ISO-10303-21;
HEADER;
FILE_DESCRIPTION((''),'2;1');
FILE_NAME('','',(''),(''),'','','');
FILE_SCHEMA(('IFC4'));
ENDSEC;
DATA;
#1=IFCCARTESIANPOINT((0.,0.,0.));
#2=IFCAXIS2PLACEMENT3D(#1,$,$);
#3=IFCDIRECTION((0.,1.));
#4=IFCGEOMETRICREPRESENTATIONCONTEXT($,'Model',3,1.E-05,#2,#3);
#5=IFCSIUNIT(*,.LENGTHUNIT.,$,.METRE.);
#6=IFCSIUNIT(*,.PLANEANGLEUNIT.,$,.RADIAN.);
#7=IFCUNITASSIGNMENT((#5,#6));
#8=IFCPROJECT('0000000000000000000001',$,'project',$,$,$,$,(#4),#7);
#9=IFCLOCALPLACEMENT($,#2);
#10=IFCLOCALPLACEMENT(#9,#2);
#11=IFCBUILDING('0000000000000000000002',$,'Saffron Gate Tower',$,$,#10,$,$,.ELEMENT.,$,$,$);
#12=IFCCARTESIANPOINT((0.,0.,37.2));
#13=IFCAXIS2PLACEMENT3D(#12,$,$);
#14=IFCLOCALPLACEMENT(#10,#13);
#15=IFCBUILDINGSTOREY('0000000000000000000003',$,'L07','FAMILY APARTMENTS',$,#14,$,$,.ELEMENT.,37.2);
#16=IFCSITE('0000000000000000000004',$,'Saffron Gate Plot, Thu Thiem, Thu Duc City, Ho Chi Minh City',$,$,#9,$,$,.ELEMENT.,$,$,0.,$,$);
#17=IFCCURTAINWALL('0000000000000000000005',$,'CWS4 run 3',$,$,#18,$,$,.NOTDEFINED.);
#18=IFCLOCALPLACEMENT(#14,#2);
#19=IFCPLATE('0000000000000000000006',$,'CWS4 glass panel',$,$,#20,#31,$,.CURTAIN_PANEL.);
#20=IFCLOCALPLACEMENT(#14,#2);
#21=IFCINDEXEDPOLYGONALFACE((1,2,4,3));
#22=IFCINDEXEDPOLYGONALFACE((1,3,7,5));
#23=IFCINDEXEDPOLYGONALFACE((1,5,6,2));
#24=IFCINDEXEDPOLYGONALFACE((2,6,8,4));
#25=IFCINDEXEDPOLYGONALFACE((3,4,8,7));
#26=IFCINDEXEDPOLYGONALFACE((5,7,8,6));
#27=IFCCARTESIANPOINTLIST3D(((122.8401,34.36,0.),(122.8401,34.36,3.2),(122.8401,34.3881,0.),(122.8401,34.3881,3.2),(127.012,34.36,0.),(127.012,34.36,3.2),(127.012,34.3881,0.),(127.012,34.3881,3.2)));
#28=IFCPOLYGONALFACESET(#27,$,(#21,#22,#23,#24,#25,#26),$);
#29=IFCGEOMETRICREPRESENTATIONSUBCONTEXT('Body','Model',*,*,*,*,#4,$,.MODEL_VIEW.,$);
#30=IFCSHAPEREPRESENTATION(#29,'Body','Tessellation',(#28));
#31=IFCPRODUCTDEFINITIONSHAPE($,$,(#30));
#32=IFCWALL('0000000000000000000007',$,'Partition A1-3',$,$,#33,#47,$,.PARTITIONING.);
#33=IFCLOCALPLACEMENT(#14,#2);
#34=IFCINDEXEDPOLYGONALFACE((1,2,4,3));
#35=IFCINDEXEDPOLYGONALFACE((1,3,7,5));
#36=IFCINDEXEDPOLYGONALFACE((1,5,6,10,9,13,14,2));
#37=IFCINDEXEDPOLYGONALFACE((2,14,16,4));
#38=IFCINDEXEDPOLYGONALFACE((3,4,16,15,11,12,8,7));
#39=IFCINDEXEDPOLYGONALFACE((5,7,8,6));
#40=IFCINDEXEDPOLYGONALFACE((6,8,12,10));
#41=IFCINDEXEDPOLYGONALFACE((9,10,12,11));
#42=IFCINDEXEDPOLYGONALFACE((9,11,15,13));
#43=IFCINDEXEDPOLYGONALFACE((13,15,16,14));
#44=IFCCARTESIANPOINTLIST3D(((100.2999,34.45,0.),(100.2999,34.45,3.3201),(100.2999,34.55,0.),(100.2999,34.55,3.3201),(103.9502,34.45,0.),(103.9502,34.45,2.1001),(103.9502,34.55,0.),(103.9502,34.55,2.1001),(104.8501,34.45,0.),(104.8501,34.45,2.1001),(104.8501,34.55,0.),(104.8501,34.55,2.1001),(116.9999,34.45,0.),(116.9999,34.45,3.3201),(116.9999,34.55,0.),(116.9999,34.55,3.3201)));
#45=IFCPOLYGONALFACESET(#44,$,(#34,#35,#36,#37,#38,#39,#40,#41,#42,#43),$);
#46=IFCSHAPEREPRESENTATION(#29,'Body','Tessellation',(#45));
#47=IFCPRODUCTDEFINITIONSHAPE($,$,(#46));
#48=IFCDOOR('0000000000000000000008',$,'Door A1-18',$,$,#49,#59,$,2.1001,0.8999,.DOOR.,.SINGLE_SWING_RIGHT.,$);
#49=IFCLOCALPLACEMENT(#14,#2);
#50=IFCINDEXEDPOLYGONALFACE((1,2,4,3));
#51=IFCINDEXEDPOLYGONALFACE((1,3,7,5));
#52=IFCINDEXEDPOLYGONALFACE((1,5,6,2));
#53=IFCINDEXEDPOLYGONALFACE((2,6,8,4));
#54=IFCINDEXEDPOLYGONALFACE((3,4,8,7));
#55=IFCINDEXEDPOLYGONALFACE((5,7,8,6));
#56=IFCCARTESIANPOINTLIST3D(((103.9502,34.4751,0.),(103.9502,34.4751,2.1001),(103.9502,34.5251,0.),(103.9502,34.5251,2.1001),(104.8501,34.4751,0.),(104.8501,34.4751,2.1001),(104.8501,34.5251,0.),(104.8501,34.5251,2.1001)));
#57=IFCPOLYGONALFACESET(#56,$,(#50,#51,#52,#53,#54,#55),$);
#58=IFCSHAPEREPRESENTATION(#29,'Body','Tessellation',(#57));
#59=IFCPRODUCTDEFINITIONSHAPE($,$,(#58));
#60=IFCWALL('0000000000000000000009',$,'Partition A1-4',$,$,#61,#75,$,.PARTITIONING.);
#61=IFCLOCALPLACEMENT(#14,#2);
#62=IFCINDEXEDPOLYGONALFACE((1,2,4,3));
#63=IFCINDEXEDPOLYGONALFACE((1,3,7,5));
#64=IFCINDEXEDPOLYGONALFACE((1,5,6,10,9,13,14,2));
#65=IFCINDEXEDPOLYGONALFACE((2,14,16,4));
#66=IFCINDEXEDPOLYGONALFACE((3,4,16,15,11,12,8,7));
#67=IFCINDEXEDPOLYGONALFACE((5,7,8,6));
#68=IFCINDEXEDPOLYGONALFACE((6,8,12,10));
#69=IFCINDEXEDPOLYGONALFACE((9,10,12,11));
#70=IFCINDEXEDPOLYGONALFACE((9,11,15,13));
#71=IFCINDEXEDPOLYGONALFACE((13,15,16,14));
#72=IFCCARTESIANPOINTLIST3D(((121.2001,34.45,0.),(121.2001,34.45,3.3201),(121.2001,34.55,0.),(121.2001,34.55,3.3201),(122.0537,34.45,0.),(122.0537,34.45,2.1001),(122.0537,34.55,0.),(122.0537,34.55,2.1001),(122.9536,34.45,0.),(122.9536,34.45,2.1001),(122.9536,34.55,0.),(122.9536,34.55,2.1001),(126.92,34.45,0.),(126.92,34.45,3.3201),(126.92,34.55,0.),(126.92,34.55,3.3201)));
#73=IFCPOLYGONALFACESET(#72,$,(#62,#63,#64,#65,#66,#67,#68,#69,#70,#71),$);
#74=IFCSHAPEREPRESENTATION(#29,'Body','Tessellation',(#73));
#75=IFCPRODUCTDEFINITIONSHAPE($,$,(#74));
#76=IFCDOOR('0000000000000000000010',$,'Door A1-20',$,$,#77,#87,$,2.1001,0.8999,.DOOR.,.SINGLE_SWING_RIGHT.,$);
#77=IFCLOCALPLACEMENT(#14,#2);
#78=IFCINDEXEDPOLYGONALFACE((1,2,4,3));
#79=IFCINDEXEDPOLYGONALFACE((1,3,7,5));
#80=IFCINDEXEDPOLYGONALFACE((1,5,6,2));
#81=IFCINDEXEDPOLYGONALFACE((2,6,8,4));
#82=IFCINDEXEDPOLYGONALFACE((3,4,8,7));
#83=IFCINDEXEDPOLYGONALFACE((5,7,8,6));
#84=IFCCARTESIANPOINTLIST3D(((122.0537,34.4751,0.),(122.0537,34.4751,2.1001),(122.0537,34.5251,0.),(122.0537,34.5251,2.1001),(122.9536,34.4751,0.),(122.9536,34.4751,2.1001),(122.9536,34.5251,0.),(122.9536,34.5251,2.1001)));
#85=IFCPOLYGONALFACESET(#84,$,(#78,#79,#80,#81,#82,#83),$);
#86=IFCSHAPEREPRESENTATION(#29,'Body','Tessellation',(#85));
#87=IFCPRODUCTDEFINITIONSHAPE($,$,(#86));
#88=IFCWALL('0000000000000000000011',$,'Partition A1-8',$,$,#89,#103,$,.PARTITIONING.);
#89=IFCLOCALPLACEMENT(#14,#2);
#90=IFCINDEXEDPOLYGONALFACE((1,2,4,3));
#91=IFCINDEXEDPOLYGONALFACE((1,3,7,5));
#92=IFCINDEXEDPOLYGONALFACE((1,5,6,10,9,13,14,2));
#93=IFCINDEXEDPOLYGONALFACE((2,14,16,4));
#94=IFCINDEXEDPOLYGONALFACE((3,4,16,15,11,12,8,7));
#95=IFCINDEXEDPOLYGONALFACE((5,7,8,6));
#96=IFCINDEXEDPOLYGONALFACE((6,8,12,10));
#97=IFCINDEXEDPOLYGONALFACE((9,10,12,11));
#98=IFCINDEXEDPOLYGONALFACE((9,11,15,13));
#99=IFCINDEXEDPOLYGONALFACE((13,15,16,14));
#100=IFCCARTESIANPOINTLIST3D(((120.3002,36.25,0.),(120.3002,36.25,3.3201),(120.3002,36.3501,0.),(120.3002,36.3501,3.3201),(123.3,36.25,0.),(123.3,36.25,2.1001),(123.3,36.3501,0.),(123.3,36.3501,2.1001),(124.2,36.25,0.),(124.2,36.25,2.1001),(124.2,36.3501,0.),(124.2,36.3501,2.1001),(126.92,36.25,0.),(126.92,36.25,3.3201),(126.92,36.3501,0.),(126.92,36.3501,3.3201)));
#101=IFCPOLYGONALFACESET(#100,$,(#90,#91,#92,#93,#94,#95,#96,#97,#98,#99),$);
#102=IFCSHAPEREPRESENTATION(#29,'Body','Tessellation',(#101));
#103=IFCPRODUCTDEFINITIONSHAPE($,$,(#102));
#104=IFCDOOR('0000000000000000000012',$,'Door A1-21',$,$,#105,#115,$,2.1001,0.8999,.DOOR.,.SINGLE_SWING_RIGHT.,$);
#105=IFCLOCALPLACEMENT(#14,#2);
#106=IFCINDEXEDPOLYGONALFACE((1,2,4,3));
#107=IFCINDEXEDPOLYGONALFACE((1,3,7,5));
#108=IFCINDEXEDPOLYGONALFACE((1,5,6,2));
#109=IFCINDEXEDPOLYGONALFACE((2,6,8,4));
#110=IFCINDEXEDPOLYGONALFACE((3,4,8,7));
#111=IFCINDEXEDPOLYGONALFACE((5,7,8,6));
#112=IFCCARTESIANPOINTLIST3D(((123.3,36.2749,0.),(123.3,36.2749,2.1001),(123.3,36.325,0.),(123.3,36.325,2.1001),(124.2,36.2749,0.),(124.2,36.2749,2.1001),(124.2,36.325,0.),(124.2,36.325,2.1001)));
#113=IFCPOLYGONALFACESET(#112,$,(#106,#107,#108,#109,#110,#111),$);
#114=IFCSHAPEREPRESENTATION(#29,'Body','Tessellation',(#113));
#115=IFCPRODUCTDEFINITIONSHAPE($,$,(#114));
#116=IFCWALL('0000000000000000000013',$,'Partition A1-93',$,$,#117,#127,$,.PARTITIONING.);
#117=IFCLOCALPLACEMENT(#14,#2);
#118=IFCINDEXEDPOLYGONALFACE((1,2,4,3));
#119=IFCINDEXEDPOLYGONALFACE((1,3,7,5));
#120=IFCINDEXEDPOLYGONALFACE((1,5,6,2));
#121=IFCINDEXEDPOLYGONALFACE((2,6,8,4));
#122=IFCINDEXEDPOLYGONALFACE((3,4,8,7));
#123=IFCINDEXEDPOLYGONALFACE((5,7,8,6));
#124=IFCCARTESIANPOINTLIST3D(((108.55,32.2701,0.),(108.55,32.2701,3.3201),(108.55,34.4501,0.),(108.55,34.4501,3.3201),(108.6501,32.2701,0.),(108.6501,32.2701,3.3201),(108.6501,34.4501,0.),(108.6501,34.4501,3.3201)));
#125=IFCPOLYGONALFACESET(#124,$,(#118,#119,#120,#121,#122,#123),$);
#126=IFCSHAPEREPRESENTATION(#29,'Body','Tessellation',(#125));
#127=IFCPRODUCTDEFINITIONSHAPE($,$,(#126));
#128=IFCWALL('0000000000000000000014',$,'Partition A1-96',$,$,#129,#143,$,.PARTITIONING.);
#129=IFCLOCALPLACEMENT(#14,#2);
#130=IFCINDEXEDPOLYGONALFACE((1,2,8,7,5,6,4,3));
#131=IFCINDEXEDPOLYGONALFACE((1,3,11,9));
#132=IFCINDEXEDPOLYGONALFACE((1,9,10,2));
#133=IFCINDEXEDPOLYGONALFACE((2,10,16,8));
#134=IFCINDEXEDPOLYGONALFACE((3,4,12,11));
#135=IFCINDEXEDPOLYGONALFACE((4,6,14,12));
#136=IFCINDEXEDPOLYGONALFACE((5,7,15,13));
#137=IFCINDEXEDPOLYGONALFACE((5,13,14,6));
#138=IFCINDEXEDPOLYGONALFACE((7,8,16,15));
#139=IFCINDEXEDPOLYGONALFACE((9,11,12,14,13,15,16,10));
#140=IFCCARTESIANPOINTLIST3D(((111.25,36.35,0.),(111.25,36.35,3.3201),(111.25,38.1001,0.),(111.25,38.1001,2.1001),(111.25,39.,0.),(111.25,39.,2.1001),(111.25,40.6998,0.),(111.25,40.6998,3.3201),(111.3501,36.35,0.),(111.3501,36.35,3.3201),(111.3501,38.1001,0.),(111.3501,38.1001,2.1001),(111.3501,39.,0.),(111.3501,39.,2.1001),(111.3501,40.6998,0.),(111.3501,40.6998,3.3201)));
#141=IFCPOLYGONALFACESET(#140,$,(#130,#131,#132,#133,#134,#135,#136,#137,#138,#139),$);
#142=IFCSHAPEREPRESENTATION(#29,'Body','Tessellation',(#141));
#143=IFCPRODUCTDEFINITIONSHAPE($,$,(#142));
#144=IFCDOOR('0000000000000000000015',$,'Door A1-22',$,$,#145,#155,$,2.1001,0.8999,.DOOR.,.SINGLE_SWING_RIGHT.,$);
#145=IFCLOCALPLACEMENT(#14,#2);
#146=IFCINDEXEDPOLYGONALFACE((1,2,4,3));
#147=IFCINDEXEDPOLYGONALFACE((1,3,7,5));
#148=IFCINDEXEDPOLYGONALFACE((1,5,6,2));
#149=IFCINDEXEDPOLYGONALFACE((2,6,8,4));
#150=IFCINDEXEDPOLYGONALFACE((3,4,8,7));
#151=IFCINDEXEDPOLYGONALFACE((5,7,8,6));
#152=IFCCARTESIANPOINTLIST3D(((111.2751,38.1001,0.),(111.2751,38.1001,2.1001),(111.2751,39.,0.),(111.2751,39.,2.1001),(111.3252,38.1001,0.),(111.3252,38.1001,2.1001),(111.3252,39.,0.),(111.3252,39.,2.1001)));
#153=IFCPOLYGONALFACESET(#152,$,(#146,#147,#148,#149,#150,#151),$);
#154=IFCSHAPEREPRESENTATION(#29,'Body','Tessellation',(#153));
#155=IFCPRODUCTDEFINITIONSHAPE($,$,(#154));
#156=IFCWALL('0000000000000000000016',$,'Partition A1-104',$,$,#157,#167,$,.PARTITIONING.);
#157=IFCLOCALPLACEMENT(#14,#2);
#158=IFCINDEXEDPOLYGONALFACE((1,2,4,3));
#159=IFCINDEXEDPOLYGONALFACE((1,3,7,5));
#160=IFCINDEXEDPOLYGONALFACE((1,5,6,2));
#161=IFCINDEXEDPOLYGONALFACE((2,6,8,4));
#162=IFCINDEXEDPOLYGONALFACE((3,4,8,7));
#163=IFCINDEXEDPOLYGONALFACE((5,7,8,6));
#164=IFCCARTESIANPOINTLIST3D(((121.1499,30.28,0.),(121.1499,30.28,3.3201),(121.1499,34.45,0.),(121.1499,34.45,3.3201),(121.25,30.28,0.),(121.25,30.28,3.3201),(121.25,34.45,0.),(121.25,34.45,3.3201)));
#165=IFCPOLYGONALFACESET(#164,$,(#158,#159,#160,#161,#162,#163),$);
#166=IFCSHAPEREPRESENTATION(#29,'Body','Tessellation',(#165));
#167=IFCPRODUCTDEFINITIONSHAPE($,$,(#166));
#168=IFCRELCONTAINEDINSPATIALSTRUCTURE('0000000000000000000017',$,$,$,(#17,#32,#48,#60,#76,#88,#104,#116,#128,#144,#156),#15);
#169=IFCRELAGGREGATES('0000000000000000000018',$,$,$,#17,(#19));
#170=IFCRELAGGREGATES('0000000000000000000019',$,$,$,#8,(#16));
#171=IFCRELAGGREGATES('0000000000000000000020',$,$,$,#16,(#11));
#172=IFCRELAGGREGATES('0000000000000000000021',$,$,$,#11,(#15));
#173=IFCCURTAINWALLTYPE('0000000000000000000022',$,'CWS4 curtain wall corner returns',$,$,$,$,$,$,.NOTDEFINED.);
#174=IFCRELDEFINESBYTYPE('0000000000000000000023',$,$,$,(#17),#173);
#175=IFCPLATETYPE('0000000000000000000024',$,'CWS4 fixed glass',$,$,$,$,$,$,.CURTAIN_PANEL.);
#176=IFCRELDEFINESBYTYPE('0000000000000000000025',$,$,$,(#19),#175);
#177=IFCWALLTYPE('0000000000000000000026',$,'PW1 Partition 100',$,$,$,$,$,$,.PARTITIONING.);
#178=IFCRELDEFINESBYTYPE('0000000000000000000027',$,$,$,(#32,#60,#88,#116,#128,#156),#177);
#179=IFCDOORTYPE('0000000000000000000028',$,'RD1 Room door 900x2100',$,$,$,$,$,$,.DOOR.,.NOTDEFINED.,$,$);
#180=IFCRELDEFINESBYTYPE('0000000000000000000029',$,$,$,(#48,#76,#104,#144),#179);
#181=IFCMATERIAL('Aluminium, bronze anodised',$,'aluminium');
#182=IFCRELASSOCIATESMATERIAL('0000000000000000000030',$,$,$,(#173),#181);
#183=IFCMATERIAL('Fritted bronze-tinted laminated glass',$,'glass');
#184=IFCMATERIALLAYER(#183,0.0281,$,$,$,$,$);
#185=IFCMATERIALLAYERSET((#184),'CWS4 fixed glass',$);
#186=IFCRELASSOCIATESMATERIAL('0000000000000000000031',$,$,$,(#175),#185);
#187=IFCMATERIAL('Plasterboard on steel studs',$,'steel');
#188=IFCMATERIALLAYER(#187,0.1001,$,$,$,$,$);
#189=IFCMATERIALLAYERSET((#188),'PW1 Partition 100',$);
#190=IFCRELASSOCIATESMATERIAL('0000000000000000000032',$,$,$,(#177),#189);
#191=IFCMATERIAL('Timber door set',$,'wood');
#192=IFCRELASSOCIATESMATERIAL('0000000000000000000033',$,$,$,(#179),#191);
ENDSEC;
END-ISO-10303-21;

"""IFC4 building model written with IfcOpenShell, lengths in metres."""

from ifc_helpers import new_model, si_unit, direction, frame, frame_2d, origin, place, context, subcontext, project, spatial, rectangle, extrude, material, layer, layer_set, type_object, element, fill, aggregate, save


model = new_model("IFC4")

# Units and contexts
model_context = context("Model", 3, precision=1e-05, world=origin(), true_north=direction((0.0, 1.0)))
body_context = subcontext(model_context, "Body", "Model", "MODEL_VIEW")
ifc_project = project(units=[si_unit("LENGTHUNIT", "METRE"), si_unit("PLANEANGLEUNIT", "RADIAN")], contexts=[model_context])

# Site, building, storey
site_placement = place(None, origin())
site = spatial("IfcSite", under=ifc_project, at=site_placement, Name="Saffron Gate Plot, Thu Thiem, Thu Duc City, Ho Chi Minh City", CompositionType="ELEMENT", RefElevation=0.0)
building_placement = place(site_placement, origin())
building = spatial("IfcBuilding", under=site, at=building_placement, Name="Saffron Gate Tower", CompositionType="ELEMENT")
storey_placement = place(building_placement, frame((0.0, 0.0, 37.2)))
storey = spatial("IfcBuildingStorey", under=building, at=storey_placement, Name="L07", Description="FAMILY APARTMENTS", CompositionType="ELEMENT", Elevation=37.2)

# Shared definitions
ifc_material_1 = material(Name="Aluminium, bronze anodised", Category="aluminium")
ifc_material_2 = material(Name="Fritted bronze-tinted laminated glass", Category="glass")

# Curtain wall, plate
curtain_wall_type_1 = type_object("IfcCurtainWallType", Name="CWS4 curtain wall corner returns", PredefinedType="NOTDEFINED", material=ifc_material_1)
curtain_wall_1_placement = place(storey_placement, origin())
curtain_wall_1 = element("IfcCurtainWall", 1, at=curtain_wall_1_placement, inside=storey, type_object=curtain_wall_type_1, Name="CWS4 run 3", PredefinedType="NOTDEFINED")
ifc_layer_1 = layer(ifc_material_2, 0.0281)
ifc_layer_set_1 = layer_set([ifc_layer_1], Name="CWS4 fixed glass")
plate_type_1 = type_object("IfcPlateType", Name="CWS4 fixed glass", PredefinedType="CURTAIN_PANEL", material=ifc_layer_set_1)
plate_1_placement = place(storey_placement, frame((122.8401, 34.374, 0.0), z_axis=(0.0, 0.0, 1.0), x_axis=(1.0, 0.0, 0.0)))
plate_1 = element("IfcPlate", 2, at=plate_1_placement, type_object=plate_type_1, Name="CWS4 glass panel", PredefinedType="CURTAIN_PANEL", context=body_context, shape_type="SweptSolid", body=[
    extrude(rectangle(XDim=4.1719, YDim=0.0281, at=frame_2d((2.0859, 0.0))), origin(), (0.0, 0.0, 1.0), 3.2),
])
aggregate(curtain_wall_1, [plate_1])

# Walls, openings, doors
ifc_material_3 = material(Name="Plasterboard on steel studs", Category="steel")
ifc_layer_2 = layer(ifc_material_3, 0.1001)
ifc_layer_set_2 = layer_set([ifc_layer_2], Name="PW1 Partition 100")
wall_type = type_object("IfcWallType", Name="PW1 Partition 100", PredefinedType="PARTITIONING", material=ifc_layer_set_2)
wall_1_placement = place(storey_placement, frame((117.0, 34.5, 0.0), z_axis=(0.0, 0.0, 1.0), x_axis=(-1.0, 0.0, 0.0)))
wall_1 = element("IfcWall", 3, at=wall_1_placement, inside=storey, type_object=wall_type, Name="Partition A1-3", PredefinedType="PARTITIONING", context=body_context, shape_type="SweptSolid", body=[
    extrude(rectangle(XDim=16.7, YDim=0.1001, at=frame_2d((8.3501, 0.0))), origin(), (0.0, 0.0, 1.0), 3.3201),
])
opening_1_placement = place(wall_1_placement, frame((12.1499, 0.0, 0.0)))
opening_1 = element("IfcOpeningElement", 4, at=opening_1_placement, cuts=wall_1, PredefinedType="OPENING", context=body_context, shape_type="SweptSolid", body=[
    extrude(rectangle(XDim=0.8999, YDim=2.1001, at=frame_2d((0.45, 1.05))), frame((0.0, 0.0601, 0.0), z_axis=(0.0, -1.0, 0.0), x_axis=(1.0, 0.0, 0.0)), (0.0, 0.0, 1.0), 0.1201),
])
ifc_material_4 = material(Name="Timber door set", Category="wood")
door_type = type_object("IfcDoorType", Name="RD1 Room door 900x2100", OperationType="NOTDEFINED", PredefinedType="DOOR", material=ifc_material_4)
door_1_placement = place(opening_1_placement, origin())
door_1 = element("IfcDoor", 5, at=door_1_placement, inside=storey, type_object=door_type, Name="Door A1-18", OperationType="SINGLE_SWING_RIGHT", OverallHeight=2.1001, OverallWidth=0.8999, PredefinedType="DOOR", context=body_context, shape_type="SweptSolid", body=[
    extrude(rectangle(XDim=0.8999, YDim=2.1001, at=frame_2d((0.45, 1.05))), frame((0.0, 0.0249, 0.0), z_axis=(0.0, -1.0, 0.0), x_axis=(1.0, 0.0, 0.0)), (0.0, 0.0, 1.0), 0.05),
])
fill(opening_1, door_1)
wall_2_placement = place(storey_placement, frame((126.9199, 34.5, 0.0), z_axis=(0.0, 0.0, 1.0), x_axis=(-1.0, 0.0, 0.0)))
wall_2 = element("IfcWall", 6, at=wall_2_placement, inside=storey, type_object=wall_type, Name="Partition A1-4", PredefinedType="PARTITIONING", context=body_context, shape_type="SweptSolid", body=[
    extrude(rectangle(XDim=5.72, YDim=0.1001, at=frame_2d((2.8599, 0.0))), origin(), (0.0, 0.0, 1.0), 3.3201),
])
opening_2_placement = place(wall_2_placement, frame((3.9663, 0.0, 0.0)))
opening_2 = element("IfcOpeningElement", 7, at=opening_2_placement, cuts=wall_2, PredefinedType="OPENING", context=body_context, shape_type="SweptSolid", body=[
    extrude(rectangle(XDim=0.8999, YDim=2.1001, at=frame_2d((0.45, 1.05))), frame((0.0, 0.0601, 0.0), z_axis=(0.0, -1.0, 0.0), x_axis=(1.0, 0.0, 0.0)), (0.0, 0.0, 1.0), 0.1201),
])
door_2_placement = place(opening_2_placement, origin())
door_2 = element("IfcDoor", 8, at=door_2_placement, inside=storey, type_object=door_type, Name="Door A1-20", OperationType="SINGLE_SWING_RIGHT", OverallHeight=2.1001, OverallWidth=0.8999, PredefinedType="DOOR", context=body_context, shape_type="SweptSolid", body=[
    extrude(rectangle(XDim=0.8999, YDim=2.1001, at=frame_2d((0.45, 1.05))), frame((0.0, 0.0249, 0.0), z_axis=(0.0, -1.0, 0.0), x_axis=(1.0, 0.0, 0.0)), (0.0, 0.0, 1.0), 0.05),
])
fill(opening_2, door_2)
wall_3_placement = place(storey_placement, frame((120.3, 36.3, 0.0), z_axis=(0.0, 0.0, 1.0), x_axis=(1.0, 0.0, 0.0)))
wall_3 = element("IfcWall", 9, at=wall_3_placement, inside=storey, type_object=wall_type, Name="Partition A1-8", PredefinedType="PARTITIONING", context=body_context, shape_type="SweptSolid", body=[
    extrude(rectangle(XDim=6.6199, YDim=0.1001, at=frame_2d((3.3101, 0.0))), origin(), (0.0, 0.0, 1.0), 3.3201),
])
opening_3_placement = place(wall_3_placement, frame((3.0, 0.0, 0.0)))
opening_3 = element("IfcOpeningElement", 10, at=opening_3_placement, cuts=wall_3, PredefinedType="OPENING", context=body_context, shape_type="SweptSolid", body=[
    extrude(rectangle(XDim=0.8999, YDim=2.1001, at=frame_2d((0.45, 1.05))), frame((0.0, 0.0601, 0.0), z_axis=(0.0, -1.0, 0.0), x_axis=(1.0, 0.0, 0.0)), (0.0, 0.0, 1.0), 0.1201),
])
door_3_placement = place(opening_3_placement, origin())
door_3 = element("IfcDoor", 11, at=door_3_placement, inside=storey, type_object=door_type, Name="Door A1-21", OperationType="SINGLE_SWING_RIGHT", OverallHeight=2.1001, OverallWidth=0.8999, PredefinedType="DOOR", context=body_context, shape_type="SweptSolid", body=[
    extrude(rectangle(XDim=0.8999, YDim=2.1001, at=frame_2d((0.45, 1.05))), frame((0.0, 0.0249, 0.0), z_axis=(0.0, -1.0, 0.0), x_axis=(1.0, 0.0, 0.0)), (0.0, 0.0, 1.0), 0.05),
])
fill(opening_3, door_3)

# Wall
wall_4_placement = place(storey_placement, frame((108.6001, 34.45, 0.0), z_axis=(0.0, 0.0, 1.0), x_axis=(0.0, -1.0, 0.0)))
element("IfcWall", 12, at=wall_4_placement, inside=storey, type_object=wall_type, Name="Partition A1-93", PredefinedType="PARTITIONING", context=body_context, shape_type="SweptSolid", body=[
    extrude(rectangle(XDim=2.1799, YDim=0.1001, at=frame_2d((1.0898, 0.0))), origin(), (0.0, 0.0, 1.0), 3.3201),
])

# Wall, opening, door
wall_5_placement = place(storey_placement, frame((111.3, 36.3501, 0.0), z_axis=(0.0, 0.0, 1.0), x_axis=(0.0, 1.0, 0.0)))
wall_5 = element("IfcWall", 13, at=wall_5_placement, inside=storey, type_object=wall_type, Name="Partition A1-96", PredefinedType="PARTITIONING", context=body_context, shape_type="SweptSolid", body=[
    extrude(rectangle(XDim=4.3499, YDim=0.1001, at=frame_2d((2.1748, 0.0))), origin(), (0.0, 0.0, 1.0), 3.3201),
])
opening_4_placement = place(wall_5_placement, frame((1.75, 0.0, 0.0)))
opening_4 = element("IfcOpeningElement", 14, at=opening_4_placement, cuts=wall_5, PredefinedType="OPENING", context=body_context, shape_type="SweptSolid", body=[
    extrude(rectangle(XDim=0.8999, YDim=2.1001, at=frame_2d((0.45, 1.05))), frame((0.0, 0.0601, 0.0), z_axis=(0.0, -1.0, 0.0), x_axis=(1.0, 0.0, 0.0)), (0.0, 0.0, 1.0), 0.1201),
])
door_4_placement = place(opening_4_placement, origin())
door_4 = element("IfcDoor", 15, at=door_4_placement, inside=storey, type_object=door_type, Name="Door A1-22", OperationType="SINGLE_SWING_RIGHT", OverallHeight=2.1001, OverallWidth=0.8999, PredefinedType="DOOR", context=body_context, shape_type="SweptSolid", body=[
    extrude(rectangle(XDim=0.8999, YDim=2.1001, at=frame_2d((0.45, 1.05))), frame((0.0, 0.0249, 0.0), z_axis=(0.0, -1.0, 0.0), x_axis=(1.0, 0.0, 0.0)), (0.0, 0.0, 1.0), 0.05),
])
fill(opening_4, door_4)

# Wall
wall_6_placement = place(storey_placement, frame((121.2, 34.45, 0.0), z_axis=(0.0, 0.0, 1.0), x_axis=(0.0, -1.0, 0.0)))
element("IfcWall", 16, at=wall_6_placement, inside=storey, type_object=wall_type, Name="Partition A1-104", PredefinedType="PARTITIONING", context=body_context, shape_type="SweptSolid", body=[
    extrude(rectangle(XDim=4.1699, YDim=0.1001, at=frame_2d((2.085, 0.0))), origin(), (0.0, 0.0, 1.0), 3.3201),
])

save(model, "model.ifc")
